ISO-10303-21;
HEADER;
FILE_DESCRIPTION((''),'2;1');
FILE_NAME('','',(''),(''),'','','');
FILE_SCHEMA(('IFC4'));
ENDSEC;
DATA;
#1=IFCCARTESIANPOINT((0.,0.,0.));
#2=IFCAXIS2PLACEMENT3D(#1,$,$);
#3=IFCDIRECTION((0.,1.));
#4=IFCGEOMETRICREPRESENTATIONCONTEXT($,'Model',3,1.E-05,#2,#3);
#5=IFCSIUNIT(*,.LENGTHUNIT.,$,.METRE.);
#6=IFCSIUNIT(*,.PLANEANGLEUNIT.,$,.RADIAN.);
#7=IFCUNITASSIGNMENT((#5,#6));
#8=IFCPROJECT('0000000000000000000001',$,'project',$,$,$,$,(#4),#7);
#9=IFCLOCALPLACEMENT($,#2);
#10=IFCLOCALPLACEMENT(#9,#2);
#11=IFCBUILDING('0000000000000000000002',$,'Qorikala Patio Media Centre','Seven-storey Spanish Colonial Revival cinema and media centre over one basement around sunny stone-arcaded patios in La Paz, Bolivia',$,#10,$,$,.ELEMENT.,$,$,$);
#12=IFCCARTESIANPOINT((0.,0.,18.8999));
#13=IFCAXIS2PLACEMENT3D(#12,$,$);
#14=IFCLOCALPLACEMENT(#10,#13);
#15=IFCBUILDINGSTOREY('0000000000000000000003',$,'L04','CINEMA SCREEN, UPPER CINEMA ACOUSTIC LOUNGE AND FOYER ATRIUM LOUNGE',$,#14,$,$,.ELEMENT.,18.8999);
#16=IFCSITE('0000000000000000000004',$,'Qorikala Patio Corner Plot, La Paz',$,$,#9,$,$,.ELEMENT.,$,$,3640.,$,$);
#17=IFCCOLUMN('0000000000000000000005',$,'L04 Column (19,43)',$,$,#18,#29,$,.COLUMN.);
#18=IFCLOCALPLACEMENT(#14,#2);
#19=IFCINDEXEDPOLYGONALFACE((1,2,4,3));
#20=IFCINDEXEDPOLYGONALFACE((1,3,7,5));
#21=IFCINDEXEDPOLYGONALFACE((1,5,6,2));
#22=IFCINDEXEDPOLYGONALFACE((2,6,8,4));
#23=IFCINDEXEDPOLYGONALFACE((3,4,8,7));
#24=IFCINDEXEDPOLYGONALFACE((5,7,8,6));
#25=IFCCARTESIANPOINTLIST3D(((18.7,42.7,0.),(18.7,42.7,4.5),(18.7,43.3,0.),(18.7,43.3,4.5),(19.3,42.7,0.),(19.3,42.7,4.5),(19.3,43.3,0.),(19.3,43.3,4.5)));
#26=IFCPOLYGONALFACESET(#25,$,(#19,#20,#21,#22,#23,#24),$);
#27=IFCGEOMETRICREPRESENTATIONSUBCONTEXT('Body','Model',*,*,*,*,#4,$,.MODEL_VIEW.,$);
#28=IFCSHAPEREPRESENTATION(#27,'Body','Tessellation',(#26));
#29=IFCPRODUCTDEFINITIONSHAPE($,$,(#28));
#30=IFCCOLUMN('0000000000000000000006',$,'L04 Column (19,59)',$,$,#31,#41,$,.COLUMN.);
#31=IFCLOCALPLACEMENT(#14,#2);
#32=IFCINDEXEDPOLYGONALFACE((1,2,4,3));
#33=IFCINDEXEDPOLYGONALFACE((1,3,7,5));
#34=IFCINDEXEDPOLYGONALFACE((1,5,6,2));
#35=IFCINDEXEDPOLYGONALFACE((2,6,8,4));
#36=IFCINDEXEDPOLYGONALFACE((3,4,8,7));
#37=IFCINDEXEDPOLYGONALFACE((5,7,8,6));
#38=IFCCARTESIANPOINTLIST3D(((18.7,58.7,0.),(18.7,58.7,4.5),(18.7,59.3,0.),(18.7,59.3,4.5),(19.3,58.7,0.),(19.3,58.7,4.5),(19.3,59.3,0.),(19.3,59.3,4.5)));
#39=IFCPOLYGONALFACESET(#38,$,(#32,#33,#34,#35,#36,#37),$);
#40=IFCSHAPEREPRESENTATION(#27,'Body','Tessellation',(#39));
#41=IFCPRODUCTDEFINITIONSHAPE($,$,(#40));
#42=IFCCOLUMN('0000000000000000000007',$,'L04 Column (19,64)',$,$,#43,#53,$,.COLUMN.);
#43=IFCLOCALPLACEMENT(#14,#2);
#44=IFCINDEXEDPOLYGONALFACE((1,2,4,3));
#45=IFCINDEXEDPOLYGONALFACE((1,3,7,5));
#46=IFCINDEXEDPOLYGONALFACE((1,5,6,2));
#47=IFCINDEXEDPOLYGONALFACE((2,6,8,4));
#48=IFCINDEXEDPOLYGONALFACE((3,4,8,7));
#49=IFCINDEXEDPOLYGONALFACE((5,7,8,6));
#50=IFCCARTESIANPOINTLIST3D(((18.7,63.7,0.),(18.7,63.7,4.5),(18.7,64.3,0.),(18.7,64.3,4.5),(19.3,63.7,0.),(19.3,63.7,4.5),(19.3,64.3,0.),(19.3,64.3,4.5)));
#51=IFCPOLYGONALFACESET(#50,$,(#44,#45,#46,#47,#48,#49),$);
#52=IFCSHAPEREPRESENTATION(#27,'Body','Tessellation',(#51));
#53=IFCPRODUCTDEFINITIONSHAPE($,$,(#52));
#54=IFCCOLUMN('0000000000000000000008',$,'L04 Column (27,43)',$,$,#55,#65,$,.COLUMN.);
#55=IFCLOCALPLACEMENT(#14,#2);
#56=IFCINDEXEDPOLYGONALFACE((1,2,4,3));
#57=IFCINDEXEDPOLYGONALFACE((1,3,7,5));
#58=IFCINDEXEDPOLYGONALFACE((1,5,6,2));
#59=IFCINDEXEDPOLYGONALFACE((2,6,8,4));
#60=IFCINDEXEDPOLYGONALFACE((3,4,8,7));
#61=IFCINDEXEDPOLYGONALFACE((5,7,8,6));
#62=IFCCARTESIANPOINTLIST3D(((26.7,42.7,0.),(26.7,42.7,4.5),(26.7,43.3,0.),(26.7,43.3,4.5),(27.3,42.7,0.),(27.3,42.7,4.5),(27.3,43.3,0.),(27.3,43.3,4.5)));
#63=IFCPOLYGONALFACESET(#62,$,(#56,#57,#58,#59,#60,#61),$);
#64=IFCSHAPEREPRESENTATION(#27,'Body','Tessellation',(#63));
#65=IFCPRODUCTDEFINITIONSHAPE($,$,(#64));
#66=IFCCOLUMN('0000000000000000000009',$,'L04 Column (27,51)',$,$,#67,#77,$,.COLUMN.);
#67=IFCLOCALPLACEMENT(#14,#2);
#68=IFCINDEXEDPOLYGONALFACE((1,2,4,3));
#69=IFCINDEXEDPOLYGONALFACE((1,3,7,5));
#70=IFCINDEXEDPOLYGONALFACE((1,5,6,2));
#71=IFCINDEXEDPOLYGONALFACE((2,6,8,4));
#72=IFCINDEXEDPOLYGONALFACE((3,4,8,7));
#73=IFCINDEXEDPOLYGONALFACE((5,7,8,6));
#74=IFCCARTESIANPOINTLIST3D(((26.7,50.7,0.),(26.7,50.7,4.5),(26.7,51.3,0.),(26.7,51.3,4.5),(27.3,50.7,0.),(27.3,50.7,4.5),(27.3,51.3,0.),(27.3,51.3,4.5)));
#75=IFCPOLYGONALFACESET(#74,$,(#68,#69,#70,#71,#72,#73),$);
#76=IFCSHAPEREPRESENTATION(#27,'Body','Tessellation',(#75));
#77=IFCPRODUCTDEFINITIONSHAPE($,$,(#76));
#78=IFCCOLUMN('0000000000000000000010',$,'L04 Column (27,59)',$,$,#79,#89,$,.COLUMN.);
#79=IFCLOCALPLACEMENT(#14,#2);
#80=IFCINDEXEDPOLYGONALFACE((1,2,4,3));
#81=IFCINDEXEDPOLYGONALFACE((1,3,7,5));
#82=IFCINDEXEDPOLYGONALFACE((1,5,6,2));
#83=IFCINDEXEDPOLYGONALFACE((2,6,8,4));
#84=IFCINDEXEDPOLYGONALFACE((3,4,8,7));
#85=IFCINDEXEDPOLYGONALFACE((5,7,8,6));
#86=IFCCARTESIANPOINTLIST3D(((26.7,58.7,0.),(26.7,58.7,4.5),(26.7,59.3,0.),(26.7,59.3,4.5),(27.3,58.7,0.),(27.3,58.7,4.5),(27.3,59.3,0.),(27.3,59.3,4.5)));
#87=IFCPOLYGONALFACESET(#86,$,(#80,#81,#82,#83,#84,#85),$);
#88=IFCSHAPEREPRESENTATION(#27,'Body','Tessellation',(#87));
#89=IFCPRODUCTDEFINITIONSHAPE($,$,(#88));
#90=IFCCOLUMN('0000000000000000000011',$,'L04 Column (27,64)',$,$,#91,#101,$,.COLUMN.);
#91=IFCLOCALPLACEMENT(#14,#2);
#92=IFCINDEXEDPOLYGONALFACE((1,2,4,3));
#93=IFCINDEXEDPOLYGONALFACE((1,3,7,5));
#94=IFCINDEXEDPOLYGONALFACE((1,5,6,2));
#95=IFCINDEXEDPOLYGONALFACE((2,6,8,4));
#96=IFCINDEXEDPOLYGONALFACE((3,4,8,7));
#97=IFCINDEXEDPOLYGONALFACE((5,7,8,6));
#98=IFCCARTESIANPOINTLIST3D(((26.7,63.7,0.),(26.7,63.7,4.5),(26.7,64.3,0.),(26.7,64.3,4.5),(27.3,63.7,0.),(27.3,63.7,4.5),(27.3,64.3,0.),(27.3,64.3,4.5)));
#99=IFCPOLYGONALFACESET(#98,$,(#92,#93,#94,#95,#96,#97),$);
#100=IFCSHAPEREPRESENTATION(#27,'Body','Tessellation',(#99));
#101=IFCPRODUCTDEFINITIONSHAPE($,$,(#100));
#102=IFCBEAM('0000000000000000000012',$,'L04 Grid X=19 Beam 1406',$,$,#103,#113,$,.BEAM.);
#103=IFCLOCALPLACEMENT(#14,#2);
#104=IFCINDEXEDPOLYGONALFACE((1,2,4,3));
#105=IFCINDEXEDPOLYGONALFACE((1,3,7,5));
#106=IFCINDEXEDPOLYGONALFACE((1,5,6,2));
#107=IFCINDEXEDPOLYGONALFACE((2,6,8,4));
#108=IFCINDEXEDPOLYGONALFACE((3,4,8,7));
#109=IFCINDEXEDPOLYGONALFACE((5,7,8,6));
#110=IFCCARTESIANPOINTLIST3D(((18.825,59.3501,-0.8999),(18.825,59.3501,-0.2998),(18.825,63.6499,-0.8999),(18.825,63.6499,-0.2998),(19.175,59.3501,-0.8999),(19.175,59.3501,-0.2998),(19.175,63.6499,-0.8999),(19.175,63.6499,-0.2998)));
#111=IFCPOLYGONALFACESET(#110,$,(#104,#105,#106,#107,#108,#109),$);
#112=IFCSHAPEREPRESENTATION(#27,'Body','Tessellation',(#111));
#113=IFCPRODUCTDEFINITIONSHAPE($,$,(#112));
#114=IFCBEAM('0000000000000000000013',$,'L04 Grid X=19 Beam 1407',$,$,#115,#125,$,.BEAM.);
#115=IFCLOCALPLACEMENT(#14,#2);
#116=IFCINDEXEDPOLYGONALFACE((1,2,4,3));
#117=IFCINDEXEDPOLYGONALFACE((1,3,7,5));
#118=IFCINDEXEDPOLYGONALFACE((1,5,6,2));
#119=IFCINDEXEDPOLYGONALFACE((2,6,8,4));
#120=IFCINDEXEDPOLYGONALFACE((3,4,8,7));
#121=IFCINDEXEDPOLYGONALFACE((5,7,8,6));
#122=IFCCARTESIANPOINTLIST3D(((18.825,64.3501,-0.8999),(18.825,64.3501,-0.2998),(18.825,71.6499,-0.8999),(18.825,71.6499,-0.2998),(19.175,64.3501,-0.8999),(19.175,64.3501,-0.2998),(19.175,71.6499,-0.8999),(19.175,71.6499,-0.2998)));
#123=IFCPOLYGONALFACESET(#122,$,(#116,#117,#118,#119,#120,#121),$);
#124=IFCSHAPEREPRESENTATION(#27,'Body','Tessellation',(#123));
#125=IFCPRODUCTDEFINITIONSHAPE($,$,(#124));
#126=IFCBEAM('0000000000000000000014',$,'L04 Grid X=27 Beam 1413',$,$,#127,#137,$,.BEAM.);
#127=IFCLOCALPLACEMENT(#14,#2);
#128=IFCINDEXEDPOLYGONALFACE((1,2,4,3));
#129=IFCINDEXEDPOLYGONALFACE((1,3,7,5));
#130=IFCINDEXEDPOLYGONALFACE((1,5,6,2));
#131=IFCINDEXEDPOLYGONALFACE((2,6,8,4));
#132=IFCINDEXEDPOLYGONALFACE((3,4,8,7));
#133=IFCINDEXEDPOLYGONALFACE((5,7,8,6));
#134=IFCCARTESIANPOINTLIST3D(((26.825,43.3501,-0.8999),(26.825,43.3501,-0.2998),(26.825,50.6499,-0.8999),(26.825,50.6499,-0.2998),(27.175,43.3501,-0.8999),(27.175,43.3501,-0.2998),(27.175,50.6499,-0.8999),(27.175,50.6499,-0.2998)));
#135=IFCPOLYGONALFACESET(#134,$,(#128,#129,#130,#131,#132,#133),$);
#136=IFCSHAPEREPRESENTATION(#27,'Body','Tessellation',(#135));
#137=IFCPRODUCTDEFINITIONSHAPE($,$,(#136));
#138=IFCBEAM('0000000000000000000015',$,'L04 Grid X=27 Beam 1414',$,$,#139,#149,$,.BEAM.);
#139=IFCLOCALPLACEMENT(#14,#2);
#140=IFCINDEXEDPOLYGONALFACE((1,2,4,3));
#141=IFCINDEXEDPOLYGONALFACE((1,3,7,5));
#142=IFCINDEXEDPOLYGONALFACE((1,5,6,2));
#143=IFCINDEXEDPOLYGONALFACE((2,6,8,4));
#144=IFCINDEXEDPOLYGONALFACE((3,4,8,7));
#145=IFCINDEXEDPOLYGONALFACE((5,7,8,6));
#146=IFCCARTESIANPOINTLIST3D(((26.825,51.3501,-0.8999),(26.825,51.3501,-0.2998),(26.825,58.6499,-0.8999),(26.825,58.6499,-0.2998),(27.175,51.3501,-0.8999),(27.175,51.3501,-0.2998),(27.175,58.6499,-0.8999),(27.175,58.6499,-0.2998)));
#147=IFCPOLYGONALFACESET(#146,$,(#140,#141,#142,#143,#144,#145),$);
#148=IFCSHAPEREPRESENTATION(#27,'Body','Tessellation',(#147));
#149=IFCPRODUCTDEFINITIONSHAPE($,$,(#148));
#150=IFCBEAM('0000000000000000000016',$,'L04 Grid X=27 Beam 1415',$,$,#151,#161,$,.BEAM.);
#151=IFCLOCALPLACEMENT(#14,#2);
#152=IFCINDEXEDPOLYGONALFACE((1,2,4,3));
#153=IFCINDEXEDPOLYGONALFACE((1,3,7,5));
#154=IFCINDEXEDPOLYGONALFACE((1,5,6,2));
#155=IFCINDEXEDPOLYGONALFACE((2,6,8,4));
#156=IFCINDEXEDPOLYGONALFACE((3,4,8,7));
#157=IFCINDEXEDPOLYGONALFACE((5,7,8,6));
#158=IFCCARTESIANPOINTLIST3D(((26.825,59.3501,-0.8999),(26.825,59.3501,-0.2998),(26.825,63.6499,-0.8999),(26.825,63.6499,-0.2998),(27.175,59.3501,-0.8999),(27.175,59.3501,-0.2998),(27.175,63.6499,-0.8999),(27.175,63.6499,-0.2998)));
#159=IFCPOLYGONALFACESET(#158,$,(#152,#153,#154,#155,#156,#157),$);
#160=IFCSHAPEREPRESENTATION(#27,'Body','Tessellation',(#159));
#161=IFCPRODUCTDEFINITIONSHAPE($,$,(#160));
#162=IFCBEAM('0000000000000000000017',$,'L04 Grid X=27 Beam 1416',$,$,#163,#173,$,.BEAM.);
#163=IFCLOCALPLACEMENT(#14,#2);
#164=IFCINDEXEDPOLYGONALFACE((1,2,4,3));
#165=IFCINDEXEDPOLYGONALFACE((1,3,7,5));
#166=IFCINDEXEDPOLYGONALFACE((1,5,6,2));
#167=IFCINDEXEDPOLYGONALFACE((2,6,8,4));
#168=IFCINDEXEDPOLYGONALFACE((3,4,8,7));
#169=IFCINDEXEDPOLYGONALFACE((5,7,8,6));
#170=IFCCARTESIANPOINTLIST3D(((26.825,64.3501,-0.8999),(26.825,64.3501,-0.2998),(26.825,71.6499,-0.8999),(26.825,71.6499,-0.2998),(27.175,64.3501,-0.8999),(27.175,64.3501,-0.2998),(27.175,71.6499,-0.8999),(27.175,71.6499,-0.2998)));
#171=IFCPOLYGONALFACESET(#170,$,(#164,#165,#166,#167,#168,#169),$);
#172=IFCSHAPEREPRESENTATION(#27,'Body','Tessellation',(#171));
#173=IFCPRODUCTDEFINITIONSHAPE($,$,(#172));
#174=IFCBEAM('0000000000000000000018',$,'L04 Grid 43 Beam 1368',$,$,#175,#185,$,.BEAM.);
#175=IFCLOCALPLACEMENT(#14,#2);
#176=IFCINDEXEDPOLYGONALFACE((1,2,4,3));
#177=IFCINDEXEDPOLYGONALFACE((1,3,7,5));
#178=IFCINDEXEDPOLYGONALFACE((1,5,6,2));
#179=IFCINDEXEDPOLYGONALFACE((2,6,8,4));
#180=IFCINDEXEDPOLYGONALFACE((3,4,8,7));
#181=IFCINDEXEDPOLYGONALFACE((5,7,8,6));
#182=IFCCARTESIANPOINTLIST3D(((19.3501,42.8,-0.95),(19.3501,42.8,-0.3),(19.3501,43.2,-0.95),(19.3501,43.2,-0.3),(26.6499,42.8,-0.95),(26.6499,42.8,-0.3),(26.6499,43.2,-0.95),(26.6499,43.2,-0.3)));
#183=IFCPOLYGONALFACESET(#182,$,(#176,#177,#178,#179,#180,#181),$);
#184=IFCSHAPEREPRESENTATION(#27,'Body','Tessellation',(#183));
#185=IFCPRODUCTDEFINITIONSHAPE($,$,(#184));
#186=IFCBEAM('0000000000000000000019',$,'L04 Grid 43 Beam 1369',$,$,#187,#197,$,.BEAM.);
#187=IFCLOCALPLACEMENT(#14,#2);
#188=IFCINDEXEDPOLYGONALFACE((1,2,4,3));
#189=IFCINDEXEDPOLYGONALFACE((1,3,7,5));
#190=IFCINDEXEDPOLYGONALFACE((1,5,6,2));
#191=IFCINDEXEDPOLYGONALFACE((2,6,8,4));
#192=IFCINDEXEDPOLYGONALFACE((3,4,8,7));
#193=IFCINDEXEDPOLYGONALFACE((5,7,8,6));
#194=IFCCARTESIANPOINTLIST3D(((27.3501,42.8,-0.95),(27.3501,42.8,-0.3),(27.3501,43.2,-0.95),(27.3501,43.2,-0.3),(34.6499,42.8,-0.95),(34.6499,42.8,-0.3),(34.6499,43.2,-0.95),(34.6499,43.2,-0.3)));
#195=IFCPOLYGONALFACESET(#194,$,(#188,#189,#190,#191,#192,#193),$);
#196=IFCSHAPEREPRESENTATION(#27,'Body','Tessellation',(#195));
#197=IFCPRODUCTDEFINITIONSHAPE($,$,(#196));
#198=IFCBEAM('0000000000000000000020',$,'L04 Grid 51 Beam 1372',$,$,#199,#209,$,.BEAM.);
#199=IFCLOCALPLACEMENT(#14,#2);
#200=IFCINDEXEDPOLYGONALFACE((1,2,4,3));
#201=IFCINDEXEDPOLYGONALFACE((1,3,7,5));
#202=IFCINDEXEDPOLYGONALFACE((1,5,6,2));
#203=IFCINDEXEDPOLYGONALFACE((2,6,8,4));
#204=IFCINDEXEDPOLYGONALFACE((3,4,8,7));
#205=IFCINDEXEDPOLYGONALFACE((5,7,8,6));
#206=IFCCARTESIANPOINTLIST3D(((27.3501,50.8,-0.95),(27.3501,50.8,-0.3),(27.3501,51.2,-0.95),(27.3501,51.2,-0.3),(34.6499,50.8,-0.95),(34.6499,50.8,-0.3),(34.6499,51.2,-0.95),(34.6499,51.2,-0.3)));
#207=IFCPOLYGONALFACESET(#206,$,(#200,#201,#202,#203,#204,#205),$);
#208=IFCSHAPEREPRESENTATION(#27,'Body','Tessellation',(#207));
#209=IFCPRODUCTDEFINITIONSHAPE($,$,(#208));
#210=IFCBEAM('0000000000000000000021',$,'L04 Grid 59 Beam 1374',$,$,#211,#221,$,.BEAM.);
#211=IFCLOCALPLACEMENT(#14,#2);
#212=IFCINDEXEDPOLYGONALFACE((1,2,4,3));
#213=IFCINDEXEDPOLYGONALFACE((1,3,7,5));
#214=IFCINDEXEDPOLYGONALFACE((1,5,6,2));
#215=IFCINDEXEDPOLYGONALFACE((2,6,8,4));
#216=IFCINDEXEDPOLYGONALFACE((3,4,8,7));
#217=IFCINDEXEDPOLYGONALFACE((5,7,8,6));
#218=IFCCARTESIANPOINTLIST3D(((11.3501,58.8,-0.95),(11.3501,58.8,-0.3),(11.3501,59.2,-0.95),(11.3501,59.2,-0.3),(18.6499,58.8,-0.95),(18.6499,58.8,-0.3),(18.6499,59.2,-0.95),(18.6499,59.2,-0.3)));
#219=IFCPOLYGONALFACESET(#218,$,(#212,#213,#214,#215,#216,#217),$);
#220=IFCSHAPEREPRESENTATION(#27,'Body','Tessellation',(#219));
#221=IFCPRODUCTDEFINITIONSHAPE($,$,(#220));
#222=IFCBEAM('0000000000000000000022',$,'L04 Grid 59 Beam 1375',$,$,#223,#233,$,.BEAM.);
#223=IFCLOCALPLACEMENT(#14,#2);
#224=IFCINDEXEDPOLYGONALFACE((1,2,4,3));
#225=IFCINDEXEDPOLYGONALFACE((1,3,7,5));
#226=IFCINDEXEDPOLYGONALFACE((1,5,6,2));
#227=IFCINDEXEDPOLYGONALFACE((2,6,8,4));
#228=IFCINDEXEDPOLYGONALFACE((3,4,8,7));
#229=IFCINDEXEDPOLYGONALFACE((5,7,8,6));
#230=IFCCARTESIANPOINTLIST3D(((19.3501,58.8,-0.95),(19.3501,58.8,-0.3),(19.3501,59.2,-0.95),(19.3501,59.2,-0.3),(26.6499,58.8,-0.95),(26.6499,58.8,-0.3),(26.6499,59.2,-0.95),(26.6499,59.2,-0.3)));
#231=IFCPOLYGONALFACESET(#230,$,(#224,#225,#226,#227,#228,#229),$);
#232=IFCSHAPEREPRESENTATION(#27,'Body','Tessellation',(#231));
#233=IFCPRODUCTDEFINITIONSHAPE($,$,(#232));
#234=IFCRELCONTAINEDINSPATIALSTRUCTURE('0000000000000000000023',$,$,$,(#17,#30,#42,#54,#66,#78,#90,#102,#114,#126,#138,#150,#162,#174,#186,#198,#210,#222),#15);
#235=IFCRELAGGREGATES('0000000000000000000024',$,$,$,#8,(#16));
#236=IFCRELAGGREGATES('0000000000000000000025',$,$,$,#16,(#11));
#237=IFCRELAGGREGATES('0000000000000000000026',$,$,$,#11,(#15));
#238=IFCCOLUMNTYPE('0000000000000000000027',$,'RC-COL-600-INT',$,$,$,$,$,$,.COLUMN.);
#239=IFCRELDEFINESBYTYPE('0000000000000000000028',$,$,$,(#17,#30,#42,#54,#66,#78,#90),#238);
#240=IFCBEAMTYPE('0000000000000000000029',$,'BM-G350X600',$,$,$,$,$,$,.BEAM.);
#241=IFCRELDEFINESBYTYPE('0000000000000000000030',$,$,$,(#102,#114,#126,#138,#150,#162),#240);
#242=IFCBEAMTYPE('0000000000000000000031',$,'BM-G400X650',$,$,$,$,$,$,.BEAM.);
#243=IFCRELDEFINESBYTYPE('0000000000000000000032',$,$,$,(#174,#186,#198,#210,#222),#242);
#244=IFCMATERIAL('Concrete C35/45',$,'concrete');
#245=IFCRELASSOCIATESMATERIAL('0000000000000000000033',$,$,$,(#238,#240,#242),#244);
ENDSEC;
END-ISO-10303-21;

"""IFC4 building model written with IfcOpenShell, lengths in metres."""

from ifc_helpers import new_model, si_unit, direction, frame, origin, origin_2d, place, context, subcontext, project, spatial, rectangle, extrude, material, material_profile, profile_set, type_object, element, save


model = new_model("IFC4")

# Units and contexts
model_context = context("Model", 3, precision=1e-05, world=origin(), true_north=direction((0.0, 1.0)))
body_context = subcontext(model_context, "Body", "Model", "MODEL_VIEW")
ifc_project = project(units=[si_unit("LENGTHUNIT", "METRE"), si_unit("PLANEANGLEUNIT", "RADIAN")], contexts=[model_context])

# Site, building, storey
site_placement = place(None, origin())
site = spatial("IfcSite", under=ifc_project, at=site_placement, Name="Qorikala Patio Corner Plot, La Paz", CompositionType="ELEMENT", RefElevation=3640.0)
building_placement = place(site_placement, origin())
building = spatial("IfcBuilding", under=site, at=building_placement, Name="Qorikala Patio Media Centre", Description="Seven-storey Spanish Colonial Revival cinema and media centre over one basement around sunny stone-arcaded patios in La Paz, Bolivia", CompositionType="ELEMENT")
storey_placement = place(building_placement, frame((0.0, 0.0, 18.8999)))
storey = spatial("IfcBuildingStorey", under=building, at=storey_placement, Name="L04", Description="CINEMA SCREEN, UPPER CINEMA ACOUSTIC LOUNGE AND FOYER ATRIUM LOUNGE", CompositionType="ELEMENT", Elevation=18.8999)

# Columns
ifc_material_1 = material(Name="Concrete C35/45", Category="concrete")
ifc_material_profile_1 = material_profile(ifc_material_1, rectangle(XDim=0.6001, YDim=0.6001, at=origin_2d()), Name="RC 600x600")
ifc_profile_set_1 = profile_set([ifc_material_profile_1], Name="Concrete C35/45")
column_type = type_object("IfcColumnType", Name="RC-COL-600-INT", PredefinedType="COLUMN", material=ifc_profile_set_1)
for number, where, z_axis, x_axis, name in (
    (1, (19.0, 43.0, 0.0), (0.0, 0.0, 1.0), (1.0, 0.0, 0.0), "L04 Column (19,43)"),
    (2, (19.0, 59.0, 0.0), (0.0, 0.0, 1.0), (1.0, 0.0, 0.0), "L04 Column (19,59)"),
    (3, (19.0, 64.0, 0.0), (0.0, 0.0, 1.0), (1.0, 0.0, 0.0), "L04 Column (19,64)"),
    (4, (27.0, 43.0, 0.0), (0.0, 0.0, 1.0), (1.0, 0.0, 0.0), "L04 Column (27,43)"),
    (5, (27.0, 51.0, 0.0), (0.0, 0.0, 1.0), (1.0, 0.0, 0.0), "L04 Column (27,51)"),
    (6, (27.0, 59.0, 0.0), (0.0, 0.0, 1.0), (1.0, 0.0, 0.0), "L04 Column (27,59)"),
    (7, (27.0, 64.0, 0.0), (0.0, 0.0, 1.0), (1.0, 0.0, 0.0), "L04 Column (27,64)"),
):
    element("IfcColumn", number, at=place(storey_placement, frame(where, z_axis=z_axis, x_axis=x_axis)), inside=storey, type_object=column_type, Name=name, PredefinedType="COLUMN", context=body_context, shape_type="SweptSolid", body=[
        extrude(rectangle(XDim=0.6001, YDim=0.6001, at=origin_2d()), origin(), (0.0, 0.0, 1.0), 4.5),
    ])

# Beams
ifc_material_profile_2 = material_profile(ifc_material_1, rectangle(XDim=0.3501, YDim=0.6001, at=origin_2d()), Name="RC 350x600")
ifc_profile_set_2 = profile_set([ifc_material_profile_2], Name="Concrete C35/45")
beam_type_1 = type_object("IfcBeamType", Name="BM-G350X600", PredefinedType="BEAM", material=ifc_profile_set_2)
beam_1_placement = place(storey_placement, frame((19.0, 59.3501, -0.5999), z_axis=(0.0, 1.0, 0.0), x_axis=(-1.0, 0.0, 0.0)))
element("IfcBeam", 8, at=beam_1_placement, inside=storey, type_object=beam_type_1, Name="L04 Grid X=19 Beam 1406", PredefinedType="BEAM", context=body_context, shape_type="SweptSolid", body=[
    extrude(rectangle(XDim=0.3501, YDim=0.6001, at=origin_2d()), origin(), (0.0, 0.0, 1.0), 4.2998),
])
for number, where, z_axis, x_axis, name in (
    (9, (19.0, 64.3501, -0.5999), (0.0, 1.0, 0.0), (-1.0, 0.0, 0.0), "L04 Grid X=19 Beam 1407"),
    (10, (27.0, 43.3501, -0.5999), (0.0, 1.0, 0.0), (-1.0, 0.0, 0.0), "L04 Grid X=27 Beam 1413"),
    (11, (27.0, 51.3501, -0.5999), (0.0, 1.0, 0.0), (-1.0, 0.0, 0.0), "L04 Grid X=27 Beam 1414"),
):
    element("IfcBeam", number, at=place(storey_placement, frame(where, z_axis=z_axis, x_axis=x_axis)), inside=storey, type_object=beam_type_1, Name=name, PredefinedType="BEAM", context=body_context, shape_type="SweptSolid", body=[
        extrude(rectangle(XDim=0.3501, YDim=0.6001, at=origin_2d()), origin(), (0.0, 0.0, 1.0), 7.2998),
    ])
beam_2_placement = place(storey_placement, frame((27.0, 59.3501, -0.5999), z_axis=(0.0, 1.0, 0.0), x_axis=(-1.0, 0.0, 0.0)))
element("IfcBeam", 12, at=beam_2_placement, inside=storey, type_object=beam_type_1, Name="L04 Grid X=27 Beam 1415", PredefinedType="BEAM", context=body_context, shape_type="SweptSolid", body=[
    extrude(rectangle(XDim=0.3501, YDim=0.6001, at=origin_2d()), origin(), (0.0, 0.0, 1.0), 4.2998),
])
beam_3_placement = place(storey_placement, frame((27.0, 64.3501, -0.5999), z_axis=(0.0, 1.0, 0.0), x_axis=(-1.0, 0.0, 0.0)))
element("IfcBeam", 13, at=beam_3_placement, inside=storey, type_object=beam_type_1, Name="L04 Grid X=27 Beam 1416", PredefinedType="BEAM", context=body_context, shape_type="SweptSolid", body=[
    extrude(rectangle(XDim=0.3501, YDim=0.6001, at=origin_2d()), origin(), (0.0, 0.0, 1.0), 7.2998),
])
ifc_material_profile_3 = material_profile(ifc_material_1, rectangle(XDim=0.3999, YDim=0.6499, at=origin_2d()), Name="RC 400x650")
ifc_profile_set_3 = profile_set([ifc_material_profile_3], Name="Concrete C35/45")
beam_type_2 = type_object("IfcBeamType", Name="BM-G400X650", PredefinedType="BEAM", material=ifc_profile_set_3)
for number, where, z_axis, x_axis, name in (
    (14, (19.3501, 43.0, -0.625), (1.0, 0.0, 0.0), (0.0, 1.0, 0.0), "L04 Grid 43 Beam 1368"),
    (15, (27.3501, 43.0, -0.625), (1.0, 0.0, 0.0), (0.0, 1.0, 0.0), "L04 Grid 43 Beam 1369"),
    (16, (27.3501, 51.0, -0.625), (1.0, 0.0, 0.0), (0.0, 1.0, 0.0), "L04 Grid 51 Beam 1372"),
    (17, (11.3501, 59.0, -0.625), (1.0, 0.0, 0.0), (0.0, 1.0, 0.0), "L04 Grid 59 Beam 1374"),
    (18, (19.3501, 59.0, -0.625), (1.0, 0.0, 0.0), (0.0, 1.0, 0.0), "L04 Grid 59 Beam 1375"),
):
    element("IfcBeam", number, at=place(storey_placement, frame(where, z_axis=z_axis, x_axis=x_axis)), inside=storey, type_object=beam_type_2, Name=name, PredefinedType="BEAM", context=body_context, shape_type="SweptSolid", body=[
        extrude(rectangle(XDim=0.3999, YDim=0.6499, at=origin_2d()), origin(), (0.0, 0.0, 1.0), 7.2998),
    ])

save(model, "model.ifc")
